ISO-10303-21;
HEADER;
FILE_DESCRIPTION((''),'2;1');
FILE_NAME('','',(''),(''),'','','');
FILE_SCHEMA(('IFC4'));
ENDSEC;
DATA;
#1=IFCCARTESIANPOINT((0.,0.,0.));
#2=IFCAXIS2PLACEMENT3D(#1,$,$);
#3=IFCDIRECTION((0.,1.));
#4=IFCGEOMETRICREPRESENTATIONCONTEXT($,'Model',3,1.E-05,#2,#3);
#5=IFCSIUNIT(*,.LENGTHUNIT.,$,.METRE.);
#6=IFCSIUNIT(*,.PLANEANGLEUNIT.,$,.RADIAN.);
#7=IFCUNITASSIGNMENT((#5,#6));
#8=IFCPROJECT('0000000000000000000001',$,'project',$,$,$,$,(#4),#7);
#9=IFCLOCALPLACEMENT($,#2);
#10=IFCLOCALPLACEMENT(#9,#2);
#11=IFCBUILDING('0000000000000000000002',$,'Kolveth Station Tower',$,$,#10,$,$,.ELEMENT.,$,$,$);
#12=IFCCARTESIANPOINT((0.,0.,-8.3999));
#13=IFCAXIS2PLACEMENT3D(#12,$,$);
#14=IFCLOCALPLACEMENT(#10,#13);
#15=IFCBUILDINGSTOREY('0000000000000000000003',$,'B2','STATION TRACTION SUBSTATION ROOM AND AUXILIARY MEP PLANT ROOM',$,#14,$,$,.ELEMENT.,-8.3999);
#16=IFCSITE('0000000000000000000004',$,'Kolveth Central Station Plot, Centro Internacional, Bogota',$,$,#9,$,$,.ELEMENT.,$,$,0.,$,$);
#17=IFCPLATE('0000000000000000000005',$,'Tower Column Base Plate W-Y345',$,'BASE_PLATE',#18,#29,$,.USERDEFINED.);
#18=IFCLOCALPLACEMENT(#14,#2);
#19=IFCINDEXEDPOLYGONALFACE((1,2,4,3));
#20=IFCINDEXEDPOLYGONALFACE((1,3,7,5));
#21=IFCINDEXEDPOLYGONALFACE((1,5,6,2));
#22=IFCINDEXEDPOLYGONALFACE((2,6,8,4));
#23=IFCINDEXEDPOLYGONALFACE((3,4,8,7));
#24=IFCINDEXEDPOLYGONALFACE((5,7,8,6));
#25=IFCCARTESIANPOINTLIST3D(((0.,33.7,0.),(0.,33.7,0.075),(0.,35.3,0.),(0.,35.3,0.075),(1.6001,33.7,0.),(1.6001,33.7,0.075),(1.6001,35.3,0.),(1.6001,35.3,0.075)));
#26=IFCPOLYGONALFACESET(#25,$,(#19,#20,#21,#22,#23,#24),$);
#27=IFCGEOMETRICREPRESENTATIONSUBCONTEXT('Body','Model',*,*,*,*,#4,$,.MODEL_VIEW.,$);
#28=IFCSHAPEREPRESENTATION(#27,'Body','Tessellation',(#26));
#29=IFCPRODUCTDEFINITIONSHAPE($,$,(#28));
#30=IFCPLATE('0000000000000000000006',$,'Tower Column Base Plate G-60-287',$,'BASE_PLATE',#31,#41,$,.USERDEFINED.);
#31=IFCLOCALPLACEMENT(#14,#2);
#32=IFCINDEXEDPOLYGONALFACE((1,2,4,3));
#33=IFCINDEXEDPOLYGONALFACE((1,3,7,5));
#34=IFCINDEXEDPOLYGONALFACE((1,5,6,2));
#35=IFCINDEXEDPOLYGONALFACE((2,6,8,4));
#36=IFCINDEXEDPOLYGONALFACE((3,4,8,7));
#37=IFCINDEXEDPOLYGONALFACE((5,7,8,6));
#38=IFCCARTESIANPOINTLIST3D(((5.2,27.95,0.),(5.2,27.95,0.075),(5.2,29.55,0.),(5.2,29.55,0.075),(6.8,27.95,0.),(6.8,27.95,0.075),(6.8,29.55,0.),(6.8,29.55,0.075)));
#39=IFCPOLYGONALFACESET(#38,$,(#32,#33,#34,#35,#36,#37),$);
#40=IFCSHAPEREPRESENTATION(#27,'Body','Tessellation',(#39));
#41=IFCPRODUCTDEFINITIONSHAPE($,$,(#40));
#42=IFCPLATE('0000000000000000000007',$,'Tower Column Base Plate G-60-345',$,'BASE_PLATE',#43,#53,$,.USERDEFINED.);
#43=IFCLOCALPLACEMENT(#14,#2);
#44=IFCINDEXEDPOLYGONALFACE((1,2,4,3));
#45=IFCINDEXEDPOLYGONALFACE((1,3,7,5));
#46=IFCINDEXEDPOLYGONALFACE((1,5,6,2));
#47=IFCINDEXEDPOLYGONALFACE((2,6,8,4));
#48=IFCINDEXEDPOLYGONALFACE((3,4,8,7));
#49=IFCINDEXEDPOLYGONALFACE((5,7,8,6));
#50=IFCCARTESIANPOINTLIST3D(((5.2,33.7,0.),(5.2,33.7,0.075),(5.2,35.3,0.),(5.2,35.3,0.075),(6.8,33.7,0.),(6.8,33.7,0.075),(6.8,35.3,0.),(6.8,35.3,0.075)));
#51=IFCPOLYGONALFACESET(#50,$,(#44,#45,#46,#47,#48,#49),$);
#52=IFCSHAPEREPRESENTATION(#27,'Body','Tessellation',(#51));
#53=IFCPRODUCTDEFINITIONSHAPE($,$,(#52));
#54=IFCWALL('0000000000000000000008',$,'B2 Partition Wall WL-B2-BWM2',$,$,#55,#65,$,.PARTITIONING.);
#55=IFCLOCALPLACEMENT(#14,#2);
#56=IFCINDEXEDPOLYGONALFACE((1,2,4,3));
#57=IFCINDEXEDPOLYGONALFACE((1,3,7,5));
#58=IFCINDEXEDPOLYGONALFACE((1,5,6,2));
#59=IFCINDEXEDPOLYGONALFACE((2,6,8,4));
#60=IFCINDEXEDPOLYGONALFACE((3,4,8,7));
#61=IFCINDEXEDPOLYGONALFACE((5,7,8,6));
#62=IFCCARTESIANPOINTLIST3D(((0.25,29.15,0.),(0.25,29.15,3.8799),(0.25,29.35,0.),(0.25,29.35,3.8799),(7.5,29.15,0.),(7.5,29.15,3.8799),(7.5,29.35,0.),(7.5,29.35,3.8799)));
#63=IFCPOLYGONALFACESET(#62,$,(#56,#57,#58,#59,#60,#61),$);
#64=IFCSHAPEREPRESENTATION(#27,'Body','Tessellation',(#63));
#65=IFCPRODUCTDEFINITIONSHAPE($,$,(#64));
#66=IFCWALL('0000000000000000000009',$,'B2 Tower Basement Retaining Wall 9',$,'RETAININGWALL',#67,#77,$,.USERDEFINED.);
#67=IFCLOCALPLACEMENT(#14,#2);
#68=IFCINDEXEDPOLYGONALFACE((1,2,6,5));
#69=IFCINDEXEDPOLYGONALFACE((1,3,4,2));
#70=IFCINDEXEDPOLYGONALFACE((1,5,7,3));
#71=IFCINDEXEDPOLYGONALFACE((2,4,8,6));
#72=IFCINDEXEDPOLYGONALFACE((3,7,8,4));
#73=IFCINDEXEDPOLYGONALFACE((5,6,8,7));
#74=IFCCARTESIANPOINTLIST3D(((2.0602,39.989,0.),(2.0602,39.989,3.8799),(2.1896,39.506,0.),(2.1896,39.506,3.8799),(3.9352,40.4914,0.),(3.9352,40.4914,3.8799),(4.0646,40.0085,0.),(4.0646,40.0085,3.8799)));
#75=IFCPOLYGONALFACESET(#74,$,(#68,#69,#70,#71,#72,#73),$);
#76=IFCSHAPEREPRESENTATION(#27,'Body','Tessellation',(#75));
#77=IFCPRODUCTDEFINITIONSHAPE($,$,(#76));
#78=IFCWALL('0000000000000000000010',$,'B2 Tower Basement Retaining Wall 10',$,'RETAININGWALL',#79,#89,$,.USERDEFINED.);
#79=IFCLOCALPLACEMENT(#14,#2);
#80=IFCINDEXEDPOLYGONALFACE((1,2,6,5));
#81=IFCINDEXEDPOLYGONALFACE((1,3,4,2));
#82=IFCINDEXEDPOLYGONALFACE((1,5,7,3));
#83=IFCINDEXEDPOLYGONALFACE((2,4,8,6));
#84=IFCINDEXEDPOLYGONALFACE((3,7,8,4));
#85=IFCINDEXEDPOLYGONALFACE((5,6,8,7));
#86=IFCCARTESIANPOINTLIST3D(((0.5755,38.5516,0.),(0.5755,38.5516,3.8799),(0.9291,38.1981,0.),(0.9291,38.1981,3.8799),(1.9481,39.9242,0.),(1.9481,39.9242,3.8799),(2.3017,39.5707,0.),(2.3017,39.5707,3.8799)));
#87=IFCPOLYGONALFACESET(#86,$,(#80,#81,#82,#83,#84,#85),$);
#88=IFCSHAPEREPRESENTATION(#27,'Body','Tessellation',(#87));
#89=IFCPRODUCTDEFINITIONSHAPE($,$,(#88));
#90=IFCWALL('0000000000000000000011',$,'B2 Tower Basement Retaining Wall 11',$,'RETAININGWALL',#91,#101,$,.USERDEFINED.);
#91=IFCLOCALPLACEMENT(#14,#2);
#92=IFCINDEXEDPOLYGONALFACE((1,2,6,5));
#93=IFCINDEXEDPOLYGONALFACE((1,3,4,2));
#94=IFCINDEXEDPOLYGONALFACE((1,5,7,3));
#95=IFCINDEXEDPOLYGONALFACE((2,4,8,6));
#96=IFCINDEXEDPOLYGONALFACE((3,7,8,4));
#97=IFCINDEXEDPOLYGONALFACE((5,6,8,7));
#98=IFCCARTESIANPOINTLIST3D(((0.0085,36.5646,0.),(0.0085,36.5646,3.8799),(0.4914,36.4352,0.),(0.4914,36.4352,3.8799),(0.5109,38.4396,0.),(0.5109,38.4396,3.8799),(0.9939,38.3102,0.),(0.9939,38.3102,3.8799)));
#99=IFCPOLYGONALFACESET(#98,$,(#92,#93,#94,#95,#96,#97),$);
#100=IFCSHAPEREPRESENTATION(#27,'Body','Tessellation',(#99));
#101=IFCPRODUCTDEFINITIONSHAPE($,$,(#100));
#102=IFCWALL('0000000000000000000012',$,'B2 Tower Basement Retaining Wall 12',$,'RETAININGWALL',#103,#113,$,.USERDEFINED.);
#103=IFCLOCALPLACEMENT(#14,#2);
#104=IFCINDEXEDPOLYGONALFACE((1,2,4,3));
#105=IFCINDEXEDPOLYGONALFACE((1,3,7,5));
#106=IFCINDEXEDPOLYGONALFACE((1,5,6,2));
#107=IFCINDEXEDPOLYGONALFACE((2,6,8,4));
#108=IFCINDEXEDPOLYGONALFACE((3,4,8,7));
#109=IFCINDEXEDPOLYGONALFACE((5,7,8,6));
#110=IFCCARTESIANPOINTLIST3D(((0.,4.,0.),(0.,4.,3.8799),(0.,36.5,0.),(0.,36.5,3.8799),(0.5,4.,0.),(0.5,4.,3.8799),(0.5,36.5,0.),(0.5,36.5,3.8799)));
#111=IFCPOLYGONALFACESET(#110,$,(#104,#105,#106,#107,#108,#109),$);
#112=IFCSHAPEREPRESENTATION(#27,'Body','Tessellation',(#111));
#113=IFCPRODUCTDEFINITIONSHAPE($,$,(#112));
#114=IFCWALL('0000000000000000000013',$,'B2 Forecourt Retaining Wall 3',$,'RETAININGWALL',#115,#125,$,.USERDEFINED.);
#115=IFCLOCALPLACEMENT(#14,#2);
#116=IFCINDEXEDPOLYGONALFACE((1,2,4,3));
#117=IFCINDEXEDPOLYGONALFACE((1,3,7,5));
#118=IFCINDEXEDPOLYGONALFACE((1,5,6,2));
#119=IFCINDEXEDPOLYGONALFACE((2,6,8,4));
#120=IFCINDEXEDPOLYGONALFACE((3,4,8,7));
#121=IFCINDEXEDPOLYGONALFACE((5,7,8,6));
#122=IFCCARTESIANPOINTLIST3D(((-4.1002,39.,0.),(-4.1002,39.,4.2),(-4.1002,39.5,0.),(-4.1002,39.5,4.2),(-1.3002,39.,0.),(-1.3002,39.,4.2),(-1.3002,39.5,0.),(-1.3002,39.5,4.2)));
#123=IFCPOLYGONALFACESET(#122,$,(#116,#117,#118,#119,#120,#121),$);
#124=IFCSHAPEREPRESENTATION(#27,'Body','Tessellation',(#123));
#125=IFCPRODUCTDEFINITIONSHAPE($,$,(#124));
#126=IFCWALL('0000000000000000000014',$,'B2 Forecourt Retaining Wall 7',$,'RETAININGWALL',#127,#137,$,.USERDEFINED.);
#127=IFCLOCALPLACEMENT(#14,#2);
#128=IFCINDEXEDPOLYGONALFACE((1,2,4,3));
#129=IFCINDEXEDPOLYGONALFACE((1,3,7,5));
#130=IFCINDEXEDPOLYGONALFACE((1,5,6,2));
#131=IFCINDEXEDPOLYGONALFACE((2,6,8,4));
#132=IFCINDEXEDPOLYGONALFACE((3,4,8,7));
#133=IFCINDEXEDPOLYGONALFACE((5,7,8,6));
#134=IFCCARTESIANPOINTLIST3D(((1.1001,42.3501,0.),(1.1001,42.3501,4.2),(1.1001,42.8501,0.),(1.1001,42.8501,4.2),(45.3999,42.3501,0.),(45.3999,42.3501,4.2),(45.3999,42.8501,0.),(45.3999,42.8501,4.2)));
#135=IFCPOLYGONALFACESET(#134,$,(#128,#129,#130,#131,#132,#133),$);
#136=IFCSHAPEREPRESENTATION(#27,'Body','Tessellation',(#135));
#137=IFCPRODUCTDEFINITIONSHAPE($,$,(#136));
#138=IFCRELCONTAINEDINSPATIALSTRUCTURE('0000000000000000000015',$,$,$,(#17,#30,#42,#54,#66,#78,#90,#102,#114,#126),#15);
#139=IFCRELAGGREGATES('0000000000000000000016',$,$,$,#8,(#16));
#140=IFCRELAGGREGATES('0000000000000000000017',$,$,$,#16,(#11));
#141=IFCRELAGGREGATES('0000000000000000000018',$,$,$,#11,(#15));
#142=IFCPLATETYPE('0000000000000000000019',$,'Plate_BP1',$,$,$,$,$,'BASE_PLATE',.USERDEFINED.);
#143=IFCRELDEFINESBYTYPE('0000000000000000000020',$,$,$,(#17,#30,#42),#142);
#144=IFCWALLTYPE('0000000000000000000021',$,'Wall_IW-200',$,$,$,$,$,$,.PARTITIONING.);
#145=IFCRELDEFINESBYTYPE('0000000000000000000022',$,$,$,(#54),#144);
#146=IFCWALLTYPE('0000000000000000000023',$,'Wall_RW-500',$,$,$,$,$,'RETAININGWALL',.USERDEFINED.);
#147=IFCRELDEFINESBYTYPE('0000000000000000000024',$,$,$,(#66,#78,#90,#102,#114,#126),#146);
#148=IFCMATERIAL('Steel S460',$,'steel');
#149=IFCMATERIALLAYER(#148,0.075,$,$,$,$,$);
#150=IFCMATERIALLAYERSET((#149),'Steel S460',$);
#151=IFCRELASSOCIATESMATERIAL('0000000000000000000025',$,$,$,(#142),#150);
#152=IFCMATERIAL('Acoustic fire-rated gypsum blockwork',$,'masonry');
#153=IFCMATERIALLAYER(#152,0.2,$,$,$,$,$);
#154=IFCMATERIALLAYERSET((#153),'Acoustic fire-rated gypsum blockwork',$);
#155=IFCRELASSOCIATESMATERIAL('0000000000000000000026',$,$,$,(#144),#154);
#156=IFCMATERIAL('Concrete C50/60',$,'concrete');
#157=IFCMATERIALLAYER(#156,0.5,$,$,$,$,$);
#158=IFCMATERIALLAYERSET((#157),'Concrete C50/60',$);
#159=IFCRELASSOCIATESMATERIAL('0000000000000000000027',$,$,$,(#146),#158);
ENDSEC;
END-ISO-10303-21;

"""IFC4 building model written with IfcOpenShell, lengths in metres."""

from ifc_helpers import new_model, si_unit, direction, frame, frame_2d, origin, origin_2d, place, context, subcontext, project, spatial, rectangle, extrude, source, transform, mapped, material, layer, layer_set, type_object, element, save


model = new_model("IFC4")

# Units and contexts
model_context = context("Model", 3, precision=1e-05, world=origin(), true_north=direction((0.0, 1.0)))
body_context = subcontext(model_context, "Body", "Model", "MODEL_VIEW")
ifc_project = project(units=[si_unit("LENGTHUNIT", "METRE"), si_unit("PLANEANGLEUNIT", "RADIAN")], contexts=[model_context])

# Site, building, storey
site_placement = place(None, origin())
site = spatial("IfcSite", under=ifc_project, at=site_placement, Name="Kolveth Central Station Plot, Centro Internacional, Bogota", CompositionType="ELEMENT", RefElevation=0.0)
building_placement = place(site_placement, origin())
building = spatial("IfcBuilding", under=site, at=building_placement, Name="Kolveth Station Tower", CompositionType="ELEMENT")
storey_placement = place(building_placement, frame((0.0, 0.0, -8.3999)))
storey = spatial("IfcBuildingStorey", under=building, at=storey_placement, Name="B2", Description="STATION TRACTION SUBSTATION ROOM AND AUXILIARY MEP PLANT ROOM", CompositionType="ELEMENT", Elevation=-8.3999)

# Shared definitions
ifc_material_1 = material(Name="Concrete C50/60", Category="concrete")

# Shared definitions
ifc_material_2 = material(Name="Steel S460", Category="steel")

# Plates
ifc_layer_1 = layer(ifc_material_2, 0.075)
ifc_layer_set_1 = layer_set([ifc_layer_1], Name="Steel S460")
plate_type = type_object("IfcPlateType", Name="Plate_BP1", ElementType="BASE_PLATE", PredefinedType="USERDEFINED", material=ifc_layer_set_1)
shared_shape_1 = source(origin(), body_context, "Body", "SweptSolid", [
    extrude(rectangle(XDim=1.6001, YDim=1.6001, at=origin_2d()), origin(), (0.0, 0.0, 1.0), 0.075),
])
for number, where, z_axis, x_axis, name in (
    (1, (0.8, 34.5, 0.0), (0.0, 0.0, 1.0), (1.0, 0.0, 0.0), "Tower Column Base Plate W-Y345"),
    (2, (6.0, 28.75, 0.0), (0.0, 0.0, 1.0), (1.0, 0.0, 0.0), "Tower Column Base Plate G-60-287"),
    (3, (6.0, 34.5, 0.0), (0.0, 0.0, 1.0), (1.0, 0.0, 0.0), "Tower Column Base Plate G-60-345"),
):
    element("IfcPlate", number, at=place(storey_placement, frame(where, z_axis=z_axis, x_axis=x_axis)), inside=storey, type_object=plate_type, Name=name, ObjectType="BASE_PLATE", PredefinedType="USERDEFINED", context=body_context, shape_type="MappedRepresentation", body=[
        mapped(shared_shape_1, transform((0.0, 0.0, 0.0), x_axis=(1.0, 0.0, 0.0), y_axis=(0.0, 1.0, 0.0), z_axis=(0.0, 0.0, 1.0), scale=1.0)),
    ])

# Walls
ifc_material_3 = material(Name="Acoustic fire-rated gypsum blockwork", Category="masonry")
ifc_layer_2 = layer(ifc_material_3, 0.2)
ifc_layer_set_2 = layer_set([ifc_layer_2], Name="Acoustic fire-rated gypsum blockwork")
wall_type_1 = type_object("IfcWallType", Name="Wall_IW-200", PredefinedType="PARTITIONING", material=ifc_layer_set_2)
wall_1_placement = place(storey_placement, frame((0.25, 29.25, 0.0), z_axis=(0.0, 0.0, 1.0), x_axis=(1.0, 0.0, 0.0)))
element("IfcWall", 4, at=wall_1_placement, inside=storey, type_object=wall_type_1, Name="B2 Partition Wall WL-B2-BWM2", PredefinedType="PARTITIONING", context=body_context, shape_type="SweptSolid", body=[
    extrude(rectangle(XDim=7.25, YDim=0.2, at=frame_2d((3.625, 0.0))), origin(), (0.0, 0.0, 1.0), 3.8799),
])
ifc_layer_3 = layer(ifc_material_1, 0.5)
ifc_layer_set_3 = layer_set([ifc_layer_3], Name="Concrete C50/60")
wall_type_2 = type_object("IfcWallType", Name="Wall_RW-500", ElementType="RETAININGWALL", PredefinedType="USERDEFINED", material=ifc_layer_set_3)
for number, where, z_axis, x_axis, name in (
    (5, (4.0, 40.25, 0.0), (0.0, 0.0, 1.0), (-0.965921, -0.258837, 0.0), "B2 Tower Basement Retaining Wall 9"),
    (6, (2.125, 39.7476, 0.0), (0.0, 0.0, 1.0), (-0.707107, -0.707107, 0.0), "B2 Tower Basement Retaining Wall 10"),
    (7, (0.7524, 38.375, 0.0), (0.0, 0.0, 1.0), (-0.258837, -0.965921, 0.0), "B2 Tower Basement Retaining Wall 11"),
):
    element("IfcWall", number, at=place(storey_placement, frame(where, z_axis=z_axis, x_axis=x_axis)), inside=storey, type_object=wall_type_2, Name=name, ObjectType="RETAININGWALL", PredefinedType="USERDEFINED", context=body_context, shape_type="SweptSolid", body=[
        extrude(rectangle(XDim=1.9412, YDim=0.5, at=frame_2d((0.9707, 0.0))), origin(), (0.0, 0.0, 1.0), 3.8799),
    ])
wall_2_placement = place(storey_placement, frame((0.25, 36.5, 0.0), z_axis=(0.0, 0.0, 1.0), x_axis=(0.0, -1.0, 0.0)))
element("IfcWall", 8, at=wall_2_placement, inside=storey, type_object=wall_type_2, Name="B2 Tower Basement Retaining Wall 12", ObjectType="RETAININGWALL", PredefinedType="USERDEFINED", context=body_context, shape_type="SweptSolid", body=[
    extrude(rectangle(XDim=32.5, YDim=0.5, at=frame_2d((16.25, 0.0))), origin(), (0.0, 0.0, 1.0), 3.8799),
])
wall_3_placement = place(storey_placement, frame((-4.1001, 39.25, 0.0), z_axis=(0.0, 0.0, 1.0), x_axis=(1.0, 0.0, 0.0)))
element("IfcWall", 9, at=wall_3_placement, inside=storey, type_object=wall_type_2, Name="B2 Forecourt Retaining Wall 3", ObjectType="RETAININGWALL", PredefinedType="USERDEFINED", context=body_context, shape_type="SweptSolid", body=[
    extrude(rectangle(XDim=2.8, YDim=0.5, at=frame_2d((1.3999, 0.0))), origin(), (0.0, 0.0, 1.0), 4.2),
])
wall_4_placement = place(storey_placement, frame((1.1001, 42.6001, 0.0), z_axis=(0.0, 0.0, 1.0), x_axis=(1.0, 0.0, 0.0)))
element("IfcWall", 10, at=wall_4_placement, inside=storey, type_object=wall_type_2, Name="B2 Forecourt Retaining Wall 7", ObjectType="RETAININGWALL", PredefinedType="USERDEFINED", context=body_context, shape_type="SweptSolid", body=[
    extrude(rectangle(XDim=44.2998, YDim=0.5, at=frame_2d((22.1499, 0.0))), origin(), (0.0, 0.0, 1.0), 4.2),
])

save(model, "model.ifc")
